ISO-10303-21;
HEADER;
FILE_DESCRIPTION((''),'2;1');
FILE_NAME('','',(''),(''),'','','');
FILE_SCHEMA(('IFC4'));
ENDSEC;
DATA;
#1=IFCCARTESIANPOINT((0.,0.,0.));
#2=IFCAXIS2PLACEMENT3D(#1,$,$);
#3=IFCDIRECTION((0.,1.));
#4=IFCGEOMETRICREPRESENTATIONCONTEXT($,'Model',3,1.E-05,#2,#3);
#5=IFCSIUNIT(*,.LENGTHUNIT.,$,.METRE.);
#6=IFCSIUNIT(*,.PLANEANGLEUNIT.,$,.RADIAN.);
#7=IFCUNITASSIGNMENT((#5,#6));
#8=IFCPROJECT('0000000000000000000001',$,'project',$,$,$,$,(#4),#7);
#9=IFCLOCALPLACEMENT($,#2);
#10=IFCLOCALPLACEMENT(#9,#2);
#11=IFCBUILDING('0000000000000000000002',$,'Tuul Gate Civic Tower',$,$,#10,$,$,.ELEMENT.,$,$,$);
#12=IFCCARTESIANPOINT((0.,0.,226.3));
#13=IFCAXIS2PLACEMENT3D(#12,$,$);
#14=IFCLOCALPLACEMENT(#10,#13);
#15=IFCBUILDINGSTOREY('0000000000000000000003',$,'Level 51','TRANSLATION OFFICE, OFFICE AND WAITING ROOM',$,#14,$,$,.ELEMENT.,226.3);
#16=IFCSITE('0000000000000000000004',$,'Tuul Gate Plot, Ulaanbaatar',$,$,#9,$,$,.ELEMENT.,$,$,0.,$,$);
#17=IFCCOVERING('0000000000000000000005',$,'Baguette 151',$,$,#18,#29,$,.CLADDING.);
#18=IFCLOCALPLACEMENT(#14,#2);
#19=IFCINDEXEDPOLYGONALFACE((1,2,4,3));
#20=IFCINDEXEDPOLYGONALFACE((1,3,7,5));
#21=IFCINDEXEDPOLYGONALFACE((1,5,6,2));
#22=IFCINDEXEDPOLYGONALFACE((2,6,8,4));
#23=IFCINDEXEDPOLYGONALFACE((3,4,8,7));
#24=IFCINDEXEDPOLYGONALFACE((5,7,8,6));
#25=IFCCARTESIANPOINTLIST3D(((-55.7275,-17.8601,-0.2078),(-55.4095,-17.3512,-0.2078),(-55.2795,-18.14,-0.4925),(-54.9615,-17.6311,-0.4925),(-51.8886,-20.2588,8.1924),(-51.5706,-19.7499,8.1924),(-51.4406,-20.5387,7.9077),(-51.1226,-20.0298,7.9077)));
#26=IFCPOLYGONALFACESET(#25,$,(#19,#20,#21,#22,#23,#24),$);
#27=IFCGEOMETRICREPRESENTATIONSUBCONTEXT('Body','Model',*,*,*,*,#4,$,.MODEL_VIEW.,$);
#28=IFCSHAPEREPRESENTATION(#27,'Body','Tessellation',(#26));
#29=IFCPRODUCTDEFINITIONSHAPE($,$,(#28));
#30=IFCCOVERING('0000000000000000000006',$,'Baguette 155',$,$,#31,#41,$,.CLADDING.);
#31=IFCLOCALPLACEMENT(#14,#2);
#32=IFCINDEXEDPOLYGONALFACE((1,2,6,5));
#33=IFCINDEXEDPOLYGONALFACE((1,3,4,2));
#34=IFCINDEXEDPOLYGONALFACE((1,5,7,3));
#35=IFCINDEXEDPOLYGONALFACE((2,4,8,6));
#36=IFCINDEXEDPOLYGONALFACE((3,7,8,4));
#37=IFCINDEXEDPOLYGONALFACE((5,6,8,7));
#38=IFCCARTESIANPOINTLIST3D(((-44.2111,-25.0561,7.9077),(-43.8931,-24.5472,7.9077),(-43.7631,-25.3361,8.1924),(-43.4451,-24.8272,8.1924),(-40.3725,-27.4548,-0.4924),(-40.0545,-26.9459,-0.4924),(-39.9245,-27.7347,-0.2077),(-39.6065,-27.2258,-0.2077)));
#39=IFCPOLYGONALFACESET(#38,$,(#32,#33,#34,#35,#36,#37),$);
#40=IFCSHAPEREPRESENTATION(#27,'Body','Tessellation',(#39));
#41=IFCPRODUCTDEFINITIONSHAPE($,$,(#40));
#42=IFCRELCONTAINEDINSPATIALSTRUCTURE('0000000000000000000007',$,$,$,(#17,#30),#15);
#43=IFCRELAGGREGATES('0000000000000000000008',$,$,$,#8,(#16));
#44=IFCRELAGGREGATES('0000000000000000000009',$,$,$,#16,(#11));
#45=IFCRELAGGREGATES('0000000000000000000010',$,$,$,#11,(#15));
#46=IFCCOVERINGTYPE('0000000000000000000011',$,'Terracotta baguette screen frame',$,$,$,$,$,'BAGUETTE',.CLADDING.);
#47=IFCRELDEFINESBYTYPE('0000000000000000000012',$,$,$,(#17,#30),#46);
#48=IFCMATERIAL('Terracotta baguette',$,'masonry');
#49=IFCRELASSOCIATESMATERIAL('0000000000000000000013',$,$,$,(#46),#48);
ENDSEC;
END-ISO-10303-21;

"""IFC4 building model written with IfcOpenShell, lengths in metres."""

from ifc_helpers import new_model, si_unit, direction, frame, origin, origin_2d, place, context, subcontext, project, spatial, rectangle, extrude, material, material_profile, profile_set, type_object, element, save


model = new_model("IFC4")

# Units and contexts
model_context = context("Model", 3, precision=1e-05, world=origin(), true_north=direction((0.0, 1.0)))
body_context = subcontext(model_context, "Body", "Model", "MODEL_VIEW")
ifc_project = project(units=[si_unit("LENGTHUNIT", "METRE"), si_unit("PLANEANGLEUNIT", "RADIAN")], contexts=[model_context])

# Site, building, storey
site_placement = place(None, origin())
site = spatial("IfcSite", under=ifc_project, at=site_placement, Name="Tuul Gate Plot, Ulaanbaatar", CompositionType="ELEMENT", RefElevation=0.0)
building_placement = place(site_placement, origin())
building = spatial("IfcBuilding", under=site, at=building_placement, Name="Tuul Gate Civic Tower", CompositionType="ELEMENT")
storey_placement = place(building_placement, frame((0.0, 0.0, 226.3)))
storey = spatial("IfcBuildingStorey", under=building, at=storey_placement, Name="Level 51", Description="TRANSLATION OFFICE, OFFICE AND WAITING ROOM", CompositionType="ELEMENT", Elevation=226.3)

# Coverings
ifc_material_1 = material(Name="Terracotta baguette", Category="masonry")
ifc_material_profile_1 = material_profile(ifc_material_1, rectangle(XDim=0.6001, YDim=0.6001, at=origin_2d()), Name="Terracotta baguette screen frame")
ifc_profile_set_1 = profile_set([ifc_material_profile_1], Name="Terracotta baguette")
covering_type = type_object("IfcCoveringType", Name="Terracotta baguette screen frame", ElementType="BAGUETTE", PredefinedType="CLADDING", material=ifc_profile_set_1)
covering_1_placement = place(storey_placement, frame((-51.5056, -20.1443, 8.05), z_axis=(-0.402305, 0.251377, -0.880318), x_axis=(-0.529902, -0.848059, 0.0)))
element("IfcCovering", 1, at=covering_1_placement, inside=storey, type_object=covering_type, Name="Baguette 151", PredefinedType="CLADDING", context=body_context, shape_type="SweptSolid", body=[
    extrude(rectangle(XDim=0.6001, YDim=0.6001, at=origin_2d()), origin(), (0.0, 0.0, 1.0), 9.5422),
])
covering_2_placement = place(storey_placement, frame((-43.8281, -24.9417, 8.05), z_axis=(0.402284, -0.25138, -0.880327), x_axis=(0.529926, 0.848044, 0.0)))
element("IfcCovering", 2, at=covering_2_placement, inside=storey, type_object=covering_type, Name="Baguette 155", PredefinedType="CLADDING", context=body_context, shape_type="SweptSolid", body=[
    extrude(rectangle(XDim=0.6001, YDim=0.6001, at=origin_2d()), origin(), (0.0, 0.0, 1.0), 9.542),
])

save(model, "model.ifc")
